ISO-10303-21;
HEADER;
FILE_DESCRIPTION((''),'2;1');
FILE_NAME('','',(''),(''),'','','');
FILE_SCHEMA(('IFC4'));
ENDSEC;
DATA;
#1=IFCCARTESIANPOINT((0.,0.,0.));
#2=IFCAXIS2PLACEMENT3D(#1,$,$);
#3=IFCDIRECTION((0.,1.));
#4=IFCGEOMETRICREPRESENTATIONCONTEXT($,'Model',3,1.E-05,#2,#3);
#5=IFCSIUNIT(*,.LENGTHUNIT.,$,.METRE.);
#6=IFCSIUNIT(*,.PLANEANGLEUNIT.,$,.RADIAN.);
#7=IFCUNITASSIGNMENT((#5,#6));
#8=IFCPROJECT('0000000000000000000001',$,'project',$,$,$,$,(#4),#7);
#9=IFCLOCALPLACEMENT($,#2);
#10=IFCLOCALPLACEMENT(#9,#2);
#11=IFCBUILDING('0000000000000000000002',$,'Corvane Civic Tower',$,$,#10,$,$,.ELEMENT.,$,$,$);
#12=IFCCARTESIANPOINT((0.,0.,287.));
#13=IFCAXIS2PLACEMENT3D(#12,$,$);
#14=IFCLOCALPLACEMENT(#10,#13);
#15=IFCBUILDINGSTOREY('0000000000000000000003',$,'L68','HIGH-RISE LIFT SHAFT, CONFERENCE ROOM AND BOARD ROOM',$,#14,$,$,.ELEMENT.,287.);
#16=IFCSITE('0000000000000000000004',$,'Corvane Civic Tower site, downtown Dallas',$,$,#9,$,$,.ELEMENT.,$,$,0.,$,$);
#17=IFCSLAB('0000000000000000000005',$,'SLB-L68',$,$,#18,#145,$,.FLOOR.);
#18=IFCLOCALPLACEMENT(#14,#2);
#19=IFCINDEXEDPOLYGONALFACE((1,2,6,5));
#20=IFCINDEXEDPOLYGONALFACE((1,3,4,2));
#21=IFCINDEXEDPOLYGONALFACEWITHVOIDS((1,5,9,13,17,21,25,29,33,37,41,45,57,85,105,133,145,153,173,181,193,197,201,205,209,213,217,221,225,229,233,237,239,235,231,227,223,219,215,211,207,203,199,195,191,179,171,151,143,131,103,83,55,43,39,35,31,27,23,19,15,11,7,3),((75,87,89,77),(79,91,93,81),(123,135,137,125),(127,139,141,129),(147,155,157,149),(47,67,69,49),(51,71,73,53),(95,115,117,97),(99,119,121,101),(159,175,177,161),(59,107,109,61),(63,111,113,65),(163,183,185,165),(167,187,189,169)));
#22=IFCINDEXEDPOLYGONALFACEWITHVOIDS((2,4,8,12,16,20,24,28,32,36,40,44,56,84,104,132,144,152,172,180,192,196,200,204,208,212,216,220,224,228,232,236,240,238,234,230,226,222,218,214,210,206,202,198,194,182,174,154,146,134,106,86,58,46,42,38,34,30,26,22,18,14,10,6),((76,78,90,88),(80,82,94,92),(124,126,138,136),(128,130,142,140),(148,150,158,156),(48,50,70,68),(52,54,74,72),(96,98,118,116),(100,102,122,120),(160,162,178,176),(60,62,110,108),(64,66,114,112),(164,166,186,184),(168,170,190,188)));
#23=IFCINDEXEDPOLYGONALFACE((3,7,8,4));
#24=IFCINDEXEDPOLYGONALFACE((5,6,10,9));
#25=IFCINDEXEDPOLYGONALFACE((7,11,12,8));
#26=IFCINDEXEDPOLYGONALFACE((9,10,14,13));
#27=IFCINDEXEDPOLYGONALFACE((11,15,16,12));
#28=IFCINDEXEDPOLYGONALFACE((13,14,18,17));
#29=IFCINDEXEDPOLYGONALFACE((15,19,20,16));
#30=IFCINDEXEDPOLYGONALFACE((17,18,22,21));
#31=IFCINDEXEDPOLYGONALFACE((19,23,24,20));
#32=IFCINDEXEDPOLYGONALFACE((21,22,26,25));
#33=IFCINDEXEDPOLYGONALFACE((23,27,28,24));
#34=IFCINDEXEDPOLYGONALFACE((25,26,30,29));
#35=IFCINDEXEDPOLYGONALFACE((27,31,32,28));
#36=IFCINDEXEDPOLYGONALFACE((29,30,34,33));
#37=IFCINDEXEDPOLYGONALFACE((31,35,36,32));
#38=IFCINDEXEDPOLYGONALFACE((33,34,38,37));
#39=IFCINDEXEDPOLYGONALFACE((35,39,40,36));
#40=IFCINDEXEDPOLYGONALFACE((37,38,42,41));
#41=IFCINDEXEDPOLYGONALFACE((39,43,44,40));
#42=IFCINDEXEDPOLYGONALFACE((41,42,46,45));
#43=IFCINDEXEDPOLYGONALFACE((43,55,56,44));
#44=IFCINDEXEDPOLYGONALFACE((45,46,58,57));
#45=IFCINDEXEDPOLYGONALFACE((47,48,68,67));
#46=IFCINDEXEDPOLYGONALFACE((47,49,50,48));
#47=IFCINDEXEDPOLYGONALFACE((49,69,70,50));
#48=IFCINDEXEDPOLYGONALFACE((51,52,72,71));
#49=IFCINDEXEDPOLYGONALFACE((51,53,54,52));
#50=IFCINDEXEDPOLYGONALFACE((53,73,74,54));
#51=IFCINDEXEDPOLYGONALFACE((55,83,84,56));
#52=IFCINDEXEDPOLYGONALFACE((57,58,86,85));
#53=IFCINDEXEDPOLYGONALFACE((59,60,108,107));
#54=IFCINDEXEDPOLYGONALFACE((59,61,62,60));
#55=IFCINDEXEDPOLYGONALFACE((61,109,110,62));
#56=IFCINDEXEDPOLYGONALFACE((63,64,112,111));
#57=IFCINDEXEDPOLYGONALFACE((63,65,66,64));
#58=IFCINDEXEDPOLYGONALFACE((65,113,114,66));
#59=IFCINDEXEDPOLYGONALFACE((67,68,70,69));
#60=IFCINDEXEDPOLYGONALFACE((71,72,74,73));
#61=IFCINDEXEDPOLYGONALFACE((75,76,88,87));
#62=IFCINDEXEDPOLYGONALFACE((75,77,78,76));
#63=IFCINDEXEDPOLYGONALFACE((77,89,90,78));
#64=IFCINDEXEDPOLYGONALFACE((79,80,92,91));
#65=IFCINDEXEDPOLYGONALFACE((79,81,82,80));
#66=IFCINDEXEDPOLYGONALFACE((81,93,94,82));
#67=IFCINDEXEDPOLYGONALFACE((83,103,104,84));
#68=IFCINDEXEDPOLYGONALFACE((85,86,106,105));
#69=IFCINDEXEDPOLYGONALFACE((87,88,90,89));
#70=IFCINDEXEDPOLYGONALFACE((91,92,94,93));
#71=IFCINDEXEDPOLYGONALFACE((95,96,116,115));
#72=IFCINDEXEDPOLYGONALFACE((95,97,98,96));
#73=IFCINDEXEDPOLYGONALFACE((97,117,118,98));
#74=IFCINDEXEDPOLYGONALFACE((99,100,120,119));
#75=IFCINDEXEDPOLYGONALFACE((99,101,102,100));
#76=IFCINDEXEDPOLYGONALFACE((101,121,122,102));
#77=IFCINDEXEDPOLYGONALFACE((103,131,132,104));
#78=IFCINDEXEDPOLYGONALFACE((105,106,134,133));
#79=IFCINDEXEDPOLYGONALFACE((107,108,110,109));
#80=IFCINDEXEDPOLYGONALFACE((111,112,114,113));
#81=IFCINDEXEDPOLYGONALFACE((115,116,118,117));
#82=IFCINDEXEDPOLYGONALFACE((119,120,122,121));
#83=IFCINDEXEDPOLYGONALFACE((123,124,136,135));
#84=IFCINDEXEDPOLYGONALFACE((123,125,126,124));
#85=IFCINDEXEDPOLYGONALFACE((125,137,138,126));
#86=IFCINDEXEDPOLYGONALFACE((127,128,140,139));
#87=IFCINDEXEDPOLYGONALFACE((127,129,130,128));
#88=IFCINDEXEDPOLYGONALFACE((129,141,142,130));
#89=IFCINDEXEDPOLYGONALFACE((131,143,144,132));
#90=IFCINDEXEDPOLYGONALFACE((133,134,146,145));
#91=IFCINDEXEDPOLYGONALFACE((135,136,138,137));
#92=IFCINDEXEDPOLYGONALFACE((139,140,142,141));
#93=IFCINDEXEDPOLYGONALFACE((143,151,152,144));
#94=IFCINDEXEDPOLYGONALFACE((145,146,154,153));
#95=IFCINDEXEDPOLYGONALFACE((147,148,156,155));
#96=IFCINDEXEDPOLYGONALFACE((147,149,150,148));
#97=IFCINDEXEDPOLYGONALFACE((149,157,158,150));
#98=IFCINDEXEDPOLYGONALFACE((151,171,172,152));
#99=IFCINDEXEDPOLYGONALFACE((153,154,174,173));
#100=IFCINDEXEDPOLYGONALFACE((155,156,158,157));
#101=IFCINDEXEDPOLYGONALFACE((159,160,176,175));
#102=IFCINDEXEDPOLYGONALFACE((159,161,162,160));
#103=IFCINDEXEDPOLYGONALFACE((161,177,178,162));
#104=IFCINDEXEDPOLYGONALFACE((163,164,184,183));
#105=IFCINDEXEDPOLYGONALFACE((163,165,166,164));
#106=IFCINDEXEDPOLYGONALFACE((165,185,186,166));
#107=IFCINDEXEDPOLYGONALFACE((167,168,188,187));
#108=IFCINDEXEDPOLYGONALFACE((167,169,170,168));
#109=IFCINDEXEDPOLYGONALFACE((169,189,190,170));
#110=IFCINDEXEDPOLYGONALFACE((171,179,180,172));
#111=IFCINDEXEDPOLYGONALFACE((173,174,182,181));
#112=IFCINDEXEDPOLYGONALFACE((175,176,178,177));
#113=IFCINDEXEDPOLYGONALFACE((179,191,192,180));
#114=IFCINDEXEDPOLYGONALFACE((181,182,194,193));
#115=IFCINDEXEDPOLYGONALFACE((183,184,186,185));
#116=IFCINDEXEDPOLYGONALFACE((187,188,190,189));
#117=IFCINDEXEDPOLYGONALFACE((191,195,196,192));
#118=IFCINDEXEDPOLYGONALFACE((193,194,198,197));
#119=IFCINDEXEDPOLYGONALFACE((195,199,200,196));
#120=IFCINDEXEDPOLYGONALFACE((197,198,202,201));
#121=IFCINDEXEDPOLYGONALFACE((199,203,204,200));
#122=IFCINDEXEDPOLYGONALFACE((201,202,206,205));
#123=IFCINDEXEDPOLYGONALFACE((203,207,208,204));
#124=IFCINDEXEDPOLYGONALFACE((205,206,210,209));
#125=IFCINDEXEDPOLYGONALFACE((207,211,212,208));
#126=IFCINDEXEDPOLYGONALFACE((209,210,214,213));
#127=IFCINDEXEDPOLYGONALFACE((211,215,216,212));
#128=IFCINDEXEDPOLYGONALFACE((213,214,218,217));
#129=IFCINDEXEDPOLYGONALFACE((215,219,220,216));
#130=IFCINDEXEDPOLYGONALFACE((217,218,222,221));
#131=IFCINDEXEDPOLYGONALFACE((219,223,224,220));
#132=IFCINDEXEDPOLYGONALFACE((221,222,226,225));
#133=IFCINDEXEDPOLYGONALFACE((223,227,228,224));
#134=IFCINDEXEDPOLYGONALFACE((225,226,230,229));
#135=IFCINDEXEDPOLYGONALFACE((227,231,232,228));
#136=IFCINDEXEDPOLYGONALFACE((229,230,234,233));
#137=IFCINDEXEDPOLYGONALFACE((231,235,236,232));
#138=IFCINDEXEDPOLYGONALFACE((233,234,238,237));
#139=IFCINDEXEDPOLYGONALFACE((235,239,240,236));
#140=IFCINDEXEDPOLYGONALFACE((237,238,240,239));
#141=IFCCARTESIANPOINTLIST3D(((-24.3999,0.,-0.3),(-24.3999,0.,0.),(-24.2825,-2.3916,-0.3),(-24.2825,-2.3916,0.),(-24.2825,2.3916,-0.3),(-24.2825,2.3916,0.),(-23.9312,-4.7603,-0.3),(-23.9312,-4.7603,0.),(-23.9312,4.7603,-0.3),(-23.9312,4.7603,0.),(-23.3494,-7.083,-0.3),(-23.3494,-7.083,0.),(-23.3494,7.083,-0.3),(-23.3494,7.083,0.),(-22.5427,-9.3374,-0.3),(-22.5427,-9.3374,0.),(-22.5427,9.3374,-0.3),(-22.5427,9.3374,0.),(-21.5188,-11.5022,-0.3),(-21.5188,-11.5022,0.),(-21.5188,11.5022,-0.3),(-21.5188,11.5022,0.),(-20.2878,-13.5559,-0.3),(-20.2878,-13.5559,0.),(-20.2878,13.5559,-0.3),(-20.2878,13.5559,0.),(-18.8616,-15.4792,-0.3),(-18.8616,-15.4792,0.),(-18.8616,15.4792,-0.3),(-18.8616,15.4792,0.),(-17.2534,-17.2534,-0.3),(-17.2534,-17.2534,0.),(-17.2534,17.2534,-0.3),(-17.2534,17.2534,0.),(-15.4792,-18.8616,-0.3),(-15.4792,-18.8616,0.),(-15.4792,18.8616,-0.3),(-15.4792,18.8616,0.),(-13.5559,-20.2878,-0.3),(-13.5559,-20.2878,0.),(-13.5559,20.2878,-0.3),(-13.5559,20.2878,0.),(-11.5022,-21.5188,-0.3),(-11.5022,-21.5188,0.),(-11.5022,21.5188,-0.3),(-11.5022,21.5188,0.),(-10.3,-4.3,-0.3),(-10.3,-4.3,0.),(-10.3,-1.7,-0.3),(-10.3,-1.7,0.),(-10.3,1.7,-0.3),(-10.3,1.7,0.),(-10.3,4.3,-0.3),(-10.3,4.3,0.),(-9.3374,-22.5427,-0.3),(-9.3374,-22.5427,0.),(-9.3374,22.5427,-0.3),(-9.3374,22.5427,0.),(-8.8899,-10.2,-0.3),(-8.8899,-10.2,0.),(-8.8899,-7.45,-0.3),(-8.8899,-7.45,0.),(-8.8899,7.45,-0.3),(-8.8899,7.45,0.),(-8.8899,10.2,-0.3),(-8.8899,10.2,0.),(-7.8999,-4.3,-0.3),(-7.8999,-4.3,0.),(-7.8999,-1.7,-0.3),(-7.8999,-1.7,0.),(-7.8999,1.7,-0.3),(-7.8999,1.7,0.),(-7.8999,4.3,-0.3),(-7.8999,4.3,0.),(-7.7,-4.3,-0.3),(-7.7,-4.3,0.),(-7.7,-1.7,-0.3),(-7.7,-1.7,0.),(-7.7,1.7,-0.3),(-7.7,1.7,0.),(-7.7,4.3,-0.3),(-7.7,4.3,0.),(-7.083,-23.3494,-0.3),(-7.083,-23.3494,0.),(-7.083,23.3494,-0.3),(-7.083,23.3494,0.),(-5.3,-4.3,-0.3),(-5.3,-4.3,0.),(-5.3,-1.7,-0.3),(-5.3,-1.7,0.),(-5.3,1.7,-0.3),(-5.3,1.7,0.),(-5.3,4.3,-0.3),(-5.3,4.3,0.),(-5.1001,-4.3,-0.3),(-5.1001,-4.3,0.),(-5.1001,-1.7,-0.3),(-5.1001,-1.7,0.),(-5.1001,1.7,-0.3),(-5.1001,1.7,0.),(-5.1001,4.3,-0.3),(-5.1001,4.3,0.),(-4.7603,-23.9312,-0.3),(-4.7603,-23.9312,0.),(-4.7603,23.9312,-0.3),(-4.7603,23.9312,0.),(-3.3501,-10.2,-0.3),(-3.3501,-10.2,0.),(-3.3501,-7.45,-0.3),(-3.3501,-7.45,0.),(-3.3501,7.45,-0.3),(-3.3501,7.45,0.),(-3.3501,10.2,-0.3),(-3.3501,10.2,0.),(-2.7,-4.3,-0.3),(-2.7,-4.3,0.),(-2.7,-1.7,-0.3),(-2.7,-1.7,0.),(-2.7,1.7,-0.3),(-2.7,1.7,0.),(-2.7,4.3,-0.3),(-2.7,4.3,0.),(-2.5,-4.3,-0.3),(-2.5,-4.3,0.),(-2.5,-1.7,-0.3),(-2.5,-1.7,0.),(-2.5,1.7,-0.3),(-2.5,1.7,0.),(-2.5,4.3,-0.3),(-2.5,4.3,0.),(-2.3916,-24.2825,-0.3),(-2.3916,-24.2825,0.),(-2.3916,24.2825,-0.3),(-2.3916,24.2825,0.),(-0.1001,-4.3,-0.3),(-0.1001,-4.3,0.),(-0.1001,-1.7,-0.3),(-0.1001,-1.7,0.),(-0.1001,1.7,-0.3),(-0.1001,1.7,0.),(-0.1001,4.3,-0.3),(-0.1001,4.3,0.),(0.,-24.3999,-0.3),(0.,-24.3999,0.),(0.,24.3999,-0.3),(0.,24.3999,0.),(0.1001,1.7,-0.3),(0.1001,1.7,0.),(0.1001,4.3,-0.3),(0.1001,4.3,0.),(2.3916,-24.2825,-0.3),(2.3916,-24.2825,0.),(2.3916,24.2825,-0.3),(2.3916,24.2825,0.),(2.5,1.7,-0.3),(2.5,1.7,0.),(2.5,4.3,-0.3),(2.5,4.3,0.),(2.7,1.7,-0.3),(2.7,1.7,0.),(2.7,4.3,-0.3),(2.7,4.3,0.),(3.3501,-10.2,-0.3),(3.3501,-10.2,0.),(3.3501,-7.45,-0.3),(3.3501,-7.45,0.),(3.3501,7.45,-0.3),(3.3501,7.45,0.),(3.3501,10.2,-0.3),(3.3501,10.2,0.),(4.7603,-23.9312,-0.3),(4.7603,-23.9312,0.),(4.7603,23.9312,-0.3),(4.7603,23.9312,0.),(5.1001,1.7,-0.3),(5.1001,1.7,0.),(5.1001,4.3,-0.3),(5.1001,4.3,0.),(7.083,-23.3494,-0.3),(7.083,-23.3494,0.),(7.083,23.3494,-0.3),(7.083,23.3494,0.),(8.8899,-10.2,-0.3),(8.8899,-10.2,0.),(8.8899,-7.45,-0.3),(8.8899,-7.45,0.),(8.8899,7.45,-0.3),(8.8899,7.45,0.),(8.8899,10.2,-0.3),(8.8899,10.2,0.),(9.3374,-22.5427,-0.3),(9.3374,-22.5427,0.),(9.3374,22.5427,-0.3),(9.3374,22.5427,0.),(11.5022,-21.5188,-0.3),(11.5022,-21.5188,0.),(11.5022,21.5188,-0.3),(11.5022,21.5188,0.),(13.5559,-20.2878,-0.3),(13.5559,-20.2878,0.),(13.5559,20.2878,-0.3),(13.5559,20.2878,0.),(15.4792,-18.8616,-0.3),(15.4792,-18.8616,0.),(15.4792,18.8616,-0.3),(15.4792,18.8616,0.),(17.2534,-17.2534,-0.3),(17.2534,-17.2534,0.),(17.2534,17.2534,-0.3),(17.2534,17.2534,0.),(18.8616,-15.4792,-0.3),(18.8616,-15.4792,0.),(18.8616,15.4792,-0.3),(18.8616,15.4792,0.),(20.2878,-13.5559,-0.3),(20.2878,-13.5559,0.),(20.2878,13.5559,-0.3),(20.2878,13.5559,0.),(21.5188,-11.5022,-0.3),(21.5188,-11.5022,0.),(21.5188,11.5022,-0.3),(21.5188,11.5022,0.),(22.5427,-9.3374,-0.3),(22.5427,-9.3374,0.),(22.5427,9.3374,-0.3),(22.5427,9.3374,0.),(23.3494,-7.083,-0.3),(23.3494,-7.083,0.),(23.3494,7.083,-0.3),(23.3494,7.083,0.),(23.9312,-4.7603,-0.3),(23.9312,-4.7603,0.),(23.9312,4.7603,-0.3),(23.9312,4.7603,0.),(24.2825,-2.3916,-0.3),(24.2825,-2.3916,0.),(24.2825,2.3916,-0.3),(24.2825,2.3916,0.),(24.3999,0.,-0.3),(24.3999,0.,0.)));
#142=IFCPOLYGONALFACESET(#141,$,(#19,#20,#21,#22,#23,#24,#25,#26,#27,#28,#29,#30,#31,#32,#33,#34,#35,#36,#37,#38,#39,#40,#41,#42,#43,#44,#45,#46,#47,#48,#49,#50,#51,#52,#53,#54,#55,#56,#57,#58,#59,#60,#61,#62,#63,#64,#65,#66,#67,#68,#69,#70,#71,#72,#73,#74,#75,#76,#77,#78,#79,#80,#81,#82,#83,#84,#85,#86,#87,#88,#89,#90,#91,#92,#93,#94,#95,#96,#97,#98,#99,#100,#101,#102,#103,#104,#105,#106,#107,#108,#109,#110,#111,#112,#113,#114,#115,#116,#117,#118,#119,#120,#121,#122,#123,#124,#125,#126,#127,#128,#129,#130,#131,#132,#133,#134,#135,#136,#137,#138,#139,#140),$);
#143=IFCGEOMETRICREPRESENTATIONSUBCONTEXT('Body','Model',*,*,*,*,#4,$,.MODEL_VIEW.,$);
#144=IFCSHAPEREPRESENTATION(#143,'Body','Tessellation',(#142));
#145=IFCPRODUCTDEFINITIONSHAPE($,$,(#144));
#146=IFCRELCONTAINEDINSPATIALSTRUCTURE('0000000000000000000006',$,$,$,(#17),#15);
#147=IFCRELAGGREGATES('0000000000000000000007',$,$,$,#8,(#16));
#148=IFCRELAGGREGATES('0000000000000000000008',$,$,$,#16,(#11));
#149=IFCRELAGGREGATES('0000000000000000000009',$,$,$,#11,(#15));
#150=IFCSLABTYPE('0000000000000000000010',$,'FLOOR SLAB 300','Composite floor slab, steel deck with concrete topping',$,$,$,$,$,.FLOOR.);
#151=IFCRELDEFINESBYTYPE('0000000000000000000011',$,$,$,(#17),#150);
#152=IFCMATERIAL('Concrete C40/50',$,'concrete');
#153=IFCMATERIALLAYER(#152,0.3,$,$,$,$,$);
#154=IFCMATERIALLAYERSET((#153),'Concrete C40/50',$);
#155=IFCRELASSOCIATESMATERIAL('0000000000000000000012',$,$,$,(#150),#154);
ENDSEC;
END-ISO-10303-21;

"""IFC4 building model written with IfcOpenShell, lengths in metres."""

from ifc_helpers import new_model, si_unit, direction, frame, origin, place, context, subcontext, project, spatial, polyline, outline, extrude, material, layer, layer_set, type_object, element, save


model = new_model("IFC4")

# Units and contexts
model_context = context("Model", 3, precision=1e-05, world=origin(), true_north=direction((0.0, 1.0)))
body_context = subcontext(model_context, "Body", "Model", "MODEL_VIEW")
ifc_project = project(units=[si_unit("LENGTHUNIT", "METRE"), si_unit("PLANEANGLEUNIT", "RADIAN")], contexts=[model_context])

# Site, building, storey
site_placement = place(None, origin())
site = spatial("IfcSite", under=ifc_project, at=site_placement, Name="Corvane Civic Tower site, downtown Dallas", CompositionType="ELEMENT", RefElevation=0.0)
building_placement = place(site_placement, origin())
building = spatial("IfcBuilding", under=site, at=building_placement, Name="Corvane Civic Tower", CompositionType="ELEMENT")
storey_placement = place(building_placement, frame((0.0, 0.0, 287.0)))
storey = spatial("IfcBuildingStorey", under=building, at=storey_placement, Name="L68", Description="HIGH-RISE LIFT SHAFT, CONFERENCE ROOM AND BOARD ROOM", CompositionType="ELEMENT", Elevation=287.0)

# Slab
ifc_material_1 = material(Name="Concrete C40/50", Category="concrete")
ifc_layer_1 = layer(ifc_material_1, 0.3)
ifc_layer_set_1 = layer_set([ifc_layer_1], Name="Concrete C40/50")
slab_type = type_object("IfcSlabType", Name="FLOOR SLAB 300", Description="Composite floor slab, steel deck with concrete topping", PredefinedType="FLOOR", material=ifc_layer_set_1)
slab_placement = place(storey_placement, frame((0.0, 0.0, -0.3)))
element("IfcSlab", 1, at=slab_placement, inside=storey, type_object=slab_type, Name="SLB-L68", PredefinedType="FLOOR", context=body_context, shape_type="SweptSolid", body=[
    extrude(outline(polyline([(0.0, 24.3999), (-2.3916, 24.2825), (-4.7603, 23.9312), (-7.083, 23.3494), (-9.3374, 22.5427), (-11.5022, 21.5188), (-13.5559, 20.2878), (-15.4792, 18.8616), (-17.2534, 17.2534), (-18.8616, 15.4792), (-20.2878, 13.5559), (-21.5188, 11.5022), (-22.5427, 9.3374), (-23.3494, 7.083), (-23.9312, 4.7603), (-24.2825, 2.3916), (-24.3999, 0.0), (-24.2825, -2.3916), (-23.9312, -4.7603), (-23.3494, -7.083), (-22.5427, -9.3374), (-21.5188, -11.5022), (-20.2878, -13.5559), (-18.8616, -15.4792), (-17.2534, -17.2534), (-15.4792, -18.8616), (-13.5559, -20.2878), (-11.5022, -21.5188), (-9.3374, -22.5427), (-7.083, -23.3494), (-4.7603, -23.9312), (-2.3916, -24.2825), (0.0, -24.3999), (2.3916, -24.2825), (4.7603, -23.9312), (7.083, -23.3494), (9.3374, -22.5427), (11.5022, -21.5188), (13.5559, -20.2878), (15.4792, -18.8616), (17.2534, -17.2534), (18.8616, -15.4792), (20.2878, -13.5559), (21.5188, -11.5022), (22.5427, -9.3374), (23.3494, -7.083), (23.9312, -4.7603), (24.2825, -2.3916), (24.3999, 0.0), (24.2825, 2.3916), (23.9312, 4.7603), (23.3494, 7.083), (22.5427, 9.3374), (21.5188, 11.5022), (20.2878, 13.5559), (18.8616, 15.4792), (17.2534, 17.2534), (15.4792, 18.8616), (13.5559, 20.2878), (11.5022, 21.5188), (9.3374, 22.5427), (7.083, 23.3494), (4.7603, 23.9312), (2.3916, 24.2825), (0.0, 24.3999)]), holes=[polyline([(-10.3, 4.3), (-7.8999, 4.3), (-7.8999, 1.7), (-10.3, 1.7), (-10.3, 4.3)]), polyline([(-7.7, 4.3), (-5.3, 4.3), (-5.3, 1.7), (-7.7, 1.7), (-7.7, 4.3)]), polyline([(-5.1001, 4.3), (-2.7, 4.3), (-2.7, 1.7), (-5.1001, 1.7), (-5.1001, 4.3)]), polyline([(-0.1001, 1.7), (-2.5, 1.7), (-2.5, 4.3), (-0.1001, 4.3), (-0.1001, 1.7)]), polyline([(0.1001, 4.3), (2.5, 4.3), (2.5, 1.7), (0.1001, 1.7), (0.1001, 4.3)]), polyline([(2.7, 4.3), (5.1001, 4.3), (5.1001, 1.7), (2.7, 1.7), (2.7, 4.3)]), polyline([(-10.3, -4.3), (-10.3, -1.7), (-7.8999, -1.7), (-7.8999, -4.3), (-10.3, -4.3)]), polyline([(-7.7, -4.3), (-7.7, -1.7), (-5.3, -1.7), (-5.3, -4.3), (-7.7, -4.3)]), polyline([(-5.1001, -4.3), (-5.1001, -1.7), (-2.7, -1.7), (-2.7, -4.3), (-5.1001, -4.3)]), polyline([(-0.1001, -1.7), (-0.1001, -4.3), (-2.5, -4.3), (-2.5, -1.7), (-0.1001, -1.7)]), polyline([(8.8899, 10.2), (8.8899, 7.45), (3.3501, 7.45), (3.3501, 10.2), (8.8899, 10.2)]), polyline([(-8.8899, 7.45), (-8.8899, 10.2), (-3.3501, 10.2), (-3.3501, 7.45), (-8.8899, 7.45)]), polyline([(8.8899, -7.45), (8.8899, -10.2), (3.3501, -10.2), (3.3501, -7.45), (8.8899, -7.45)]), polyline([(-8.8899, -10.2), (-8.8899, -7.45), (-3.3501, -7.45), (-3.3501, -10.2), (-8.8899, -10.2)])]), origin(), (0.0, 0.0, 1.0), 0.3),
])

save(model, "model.ifc")
